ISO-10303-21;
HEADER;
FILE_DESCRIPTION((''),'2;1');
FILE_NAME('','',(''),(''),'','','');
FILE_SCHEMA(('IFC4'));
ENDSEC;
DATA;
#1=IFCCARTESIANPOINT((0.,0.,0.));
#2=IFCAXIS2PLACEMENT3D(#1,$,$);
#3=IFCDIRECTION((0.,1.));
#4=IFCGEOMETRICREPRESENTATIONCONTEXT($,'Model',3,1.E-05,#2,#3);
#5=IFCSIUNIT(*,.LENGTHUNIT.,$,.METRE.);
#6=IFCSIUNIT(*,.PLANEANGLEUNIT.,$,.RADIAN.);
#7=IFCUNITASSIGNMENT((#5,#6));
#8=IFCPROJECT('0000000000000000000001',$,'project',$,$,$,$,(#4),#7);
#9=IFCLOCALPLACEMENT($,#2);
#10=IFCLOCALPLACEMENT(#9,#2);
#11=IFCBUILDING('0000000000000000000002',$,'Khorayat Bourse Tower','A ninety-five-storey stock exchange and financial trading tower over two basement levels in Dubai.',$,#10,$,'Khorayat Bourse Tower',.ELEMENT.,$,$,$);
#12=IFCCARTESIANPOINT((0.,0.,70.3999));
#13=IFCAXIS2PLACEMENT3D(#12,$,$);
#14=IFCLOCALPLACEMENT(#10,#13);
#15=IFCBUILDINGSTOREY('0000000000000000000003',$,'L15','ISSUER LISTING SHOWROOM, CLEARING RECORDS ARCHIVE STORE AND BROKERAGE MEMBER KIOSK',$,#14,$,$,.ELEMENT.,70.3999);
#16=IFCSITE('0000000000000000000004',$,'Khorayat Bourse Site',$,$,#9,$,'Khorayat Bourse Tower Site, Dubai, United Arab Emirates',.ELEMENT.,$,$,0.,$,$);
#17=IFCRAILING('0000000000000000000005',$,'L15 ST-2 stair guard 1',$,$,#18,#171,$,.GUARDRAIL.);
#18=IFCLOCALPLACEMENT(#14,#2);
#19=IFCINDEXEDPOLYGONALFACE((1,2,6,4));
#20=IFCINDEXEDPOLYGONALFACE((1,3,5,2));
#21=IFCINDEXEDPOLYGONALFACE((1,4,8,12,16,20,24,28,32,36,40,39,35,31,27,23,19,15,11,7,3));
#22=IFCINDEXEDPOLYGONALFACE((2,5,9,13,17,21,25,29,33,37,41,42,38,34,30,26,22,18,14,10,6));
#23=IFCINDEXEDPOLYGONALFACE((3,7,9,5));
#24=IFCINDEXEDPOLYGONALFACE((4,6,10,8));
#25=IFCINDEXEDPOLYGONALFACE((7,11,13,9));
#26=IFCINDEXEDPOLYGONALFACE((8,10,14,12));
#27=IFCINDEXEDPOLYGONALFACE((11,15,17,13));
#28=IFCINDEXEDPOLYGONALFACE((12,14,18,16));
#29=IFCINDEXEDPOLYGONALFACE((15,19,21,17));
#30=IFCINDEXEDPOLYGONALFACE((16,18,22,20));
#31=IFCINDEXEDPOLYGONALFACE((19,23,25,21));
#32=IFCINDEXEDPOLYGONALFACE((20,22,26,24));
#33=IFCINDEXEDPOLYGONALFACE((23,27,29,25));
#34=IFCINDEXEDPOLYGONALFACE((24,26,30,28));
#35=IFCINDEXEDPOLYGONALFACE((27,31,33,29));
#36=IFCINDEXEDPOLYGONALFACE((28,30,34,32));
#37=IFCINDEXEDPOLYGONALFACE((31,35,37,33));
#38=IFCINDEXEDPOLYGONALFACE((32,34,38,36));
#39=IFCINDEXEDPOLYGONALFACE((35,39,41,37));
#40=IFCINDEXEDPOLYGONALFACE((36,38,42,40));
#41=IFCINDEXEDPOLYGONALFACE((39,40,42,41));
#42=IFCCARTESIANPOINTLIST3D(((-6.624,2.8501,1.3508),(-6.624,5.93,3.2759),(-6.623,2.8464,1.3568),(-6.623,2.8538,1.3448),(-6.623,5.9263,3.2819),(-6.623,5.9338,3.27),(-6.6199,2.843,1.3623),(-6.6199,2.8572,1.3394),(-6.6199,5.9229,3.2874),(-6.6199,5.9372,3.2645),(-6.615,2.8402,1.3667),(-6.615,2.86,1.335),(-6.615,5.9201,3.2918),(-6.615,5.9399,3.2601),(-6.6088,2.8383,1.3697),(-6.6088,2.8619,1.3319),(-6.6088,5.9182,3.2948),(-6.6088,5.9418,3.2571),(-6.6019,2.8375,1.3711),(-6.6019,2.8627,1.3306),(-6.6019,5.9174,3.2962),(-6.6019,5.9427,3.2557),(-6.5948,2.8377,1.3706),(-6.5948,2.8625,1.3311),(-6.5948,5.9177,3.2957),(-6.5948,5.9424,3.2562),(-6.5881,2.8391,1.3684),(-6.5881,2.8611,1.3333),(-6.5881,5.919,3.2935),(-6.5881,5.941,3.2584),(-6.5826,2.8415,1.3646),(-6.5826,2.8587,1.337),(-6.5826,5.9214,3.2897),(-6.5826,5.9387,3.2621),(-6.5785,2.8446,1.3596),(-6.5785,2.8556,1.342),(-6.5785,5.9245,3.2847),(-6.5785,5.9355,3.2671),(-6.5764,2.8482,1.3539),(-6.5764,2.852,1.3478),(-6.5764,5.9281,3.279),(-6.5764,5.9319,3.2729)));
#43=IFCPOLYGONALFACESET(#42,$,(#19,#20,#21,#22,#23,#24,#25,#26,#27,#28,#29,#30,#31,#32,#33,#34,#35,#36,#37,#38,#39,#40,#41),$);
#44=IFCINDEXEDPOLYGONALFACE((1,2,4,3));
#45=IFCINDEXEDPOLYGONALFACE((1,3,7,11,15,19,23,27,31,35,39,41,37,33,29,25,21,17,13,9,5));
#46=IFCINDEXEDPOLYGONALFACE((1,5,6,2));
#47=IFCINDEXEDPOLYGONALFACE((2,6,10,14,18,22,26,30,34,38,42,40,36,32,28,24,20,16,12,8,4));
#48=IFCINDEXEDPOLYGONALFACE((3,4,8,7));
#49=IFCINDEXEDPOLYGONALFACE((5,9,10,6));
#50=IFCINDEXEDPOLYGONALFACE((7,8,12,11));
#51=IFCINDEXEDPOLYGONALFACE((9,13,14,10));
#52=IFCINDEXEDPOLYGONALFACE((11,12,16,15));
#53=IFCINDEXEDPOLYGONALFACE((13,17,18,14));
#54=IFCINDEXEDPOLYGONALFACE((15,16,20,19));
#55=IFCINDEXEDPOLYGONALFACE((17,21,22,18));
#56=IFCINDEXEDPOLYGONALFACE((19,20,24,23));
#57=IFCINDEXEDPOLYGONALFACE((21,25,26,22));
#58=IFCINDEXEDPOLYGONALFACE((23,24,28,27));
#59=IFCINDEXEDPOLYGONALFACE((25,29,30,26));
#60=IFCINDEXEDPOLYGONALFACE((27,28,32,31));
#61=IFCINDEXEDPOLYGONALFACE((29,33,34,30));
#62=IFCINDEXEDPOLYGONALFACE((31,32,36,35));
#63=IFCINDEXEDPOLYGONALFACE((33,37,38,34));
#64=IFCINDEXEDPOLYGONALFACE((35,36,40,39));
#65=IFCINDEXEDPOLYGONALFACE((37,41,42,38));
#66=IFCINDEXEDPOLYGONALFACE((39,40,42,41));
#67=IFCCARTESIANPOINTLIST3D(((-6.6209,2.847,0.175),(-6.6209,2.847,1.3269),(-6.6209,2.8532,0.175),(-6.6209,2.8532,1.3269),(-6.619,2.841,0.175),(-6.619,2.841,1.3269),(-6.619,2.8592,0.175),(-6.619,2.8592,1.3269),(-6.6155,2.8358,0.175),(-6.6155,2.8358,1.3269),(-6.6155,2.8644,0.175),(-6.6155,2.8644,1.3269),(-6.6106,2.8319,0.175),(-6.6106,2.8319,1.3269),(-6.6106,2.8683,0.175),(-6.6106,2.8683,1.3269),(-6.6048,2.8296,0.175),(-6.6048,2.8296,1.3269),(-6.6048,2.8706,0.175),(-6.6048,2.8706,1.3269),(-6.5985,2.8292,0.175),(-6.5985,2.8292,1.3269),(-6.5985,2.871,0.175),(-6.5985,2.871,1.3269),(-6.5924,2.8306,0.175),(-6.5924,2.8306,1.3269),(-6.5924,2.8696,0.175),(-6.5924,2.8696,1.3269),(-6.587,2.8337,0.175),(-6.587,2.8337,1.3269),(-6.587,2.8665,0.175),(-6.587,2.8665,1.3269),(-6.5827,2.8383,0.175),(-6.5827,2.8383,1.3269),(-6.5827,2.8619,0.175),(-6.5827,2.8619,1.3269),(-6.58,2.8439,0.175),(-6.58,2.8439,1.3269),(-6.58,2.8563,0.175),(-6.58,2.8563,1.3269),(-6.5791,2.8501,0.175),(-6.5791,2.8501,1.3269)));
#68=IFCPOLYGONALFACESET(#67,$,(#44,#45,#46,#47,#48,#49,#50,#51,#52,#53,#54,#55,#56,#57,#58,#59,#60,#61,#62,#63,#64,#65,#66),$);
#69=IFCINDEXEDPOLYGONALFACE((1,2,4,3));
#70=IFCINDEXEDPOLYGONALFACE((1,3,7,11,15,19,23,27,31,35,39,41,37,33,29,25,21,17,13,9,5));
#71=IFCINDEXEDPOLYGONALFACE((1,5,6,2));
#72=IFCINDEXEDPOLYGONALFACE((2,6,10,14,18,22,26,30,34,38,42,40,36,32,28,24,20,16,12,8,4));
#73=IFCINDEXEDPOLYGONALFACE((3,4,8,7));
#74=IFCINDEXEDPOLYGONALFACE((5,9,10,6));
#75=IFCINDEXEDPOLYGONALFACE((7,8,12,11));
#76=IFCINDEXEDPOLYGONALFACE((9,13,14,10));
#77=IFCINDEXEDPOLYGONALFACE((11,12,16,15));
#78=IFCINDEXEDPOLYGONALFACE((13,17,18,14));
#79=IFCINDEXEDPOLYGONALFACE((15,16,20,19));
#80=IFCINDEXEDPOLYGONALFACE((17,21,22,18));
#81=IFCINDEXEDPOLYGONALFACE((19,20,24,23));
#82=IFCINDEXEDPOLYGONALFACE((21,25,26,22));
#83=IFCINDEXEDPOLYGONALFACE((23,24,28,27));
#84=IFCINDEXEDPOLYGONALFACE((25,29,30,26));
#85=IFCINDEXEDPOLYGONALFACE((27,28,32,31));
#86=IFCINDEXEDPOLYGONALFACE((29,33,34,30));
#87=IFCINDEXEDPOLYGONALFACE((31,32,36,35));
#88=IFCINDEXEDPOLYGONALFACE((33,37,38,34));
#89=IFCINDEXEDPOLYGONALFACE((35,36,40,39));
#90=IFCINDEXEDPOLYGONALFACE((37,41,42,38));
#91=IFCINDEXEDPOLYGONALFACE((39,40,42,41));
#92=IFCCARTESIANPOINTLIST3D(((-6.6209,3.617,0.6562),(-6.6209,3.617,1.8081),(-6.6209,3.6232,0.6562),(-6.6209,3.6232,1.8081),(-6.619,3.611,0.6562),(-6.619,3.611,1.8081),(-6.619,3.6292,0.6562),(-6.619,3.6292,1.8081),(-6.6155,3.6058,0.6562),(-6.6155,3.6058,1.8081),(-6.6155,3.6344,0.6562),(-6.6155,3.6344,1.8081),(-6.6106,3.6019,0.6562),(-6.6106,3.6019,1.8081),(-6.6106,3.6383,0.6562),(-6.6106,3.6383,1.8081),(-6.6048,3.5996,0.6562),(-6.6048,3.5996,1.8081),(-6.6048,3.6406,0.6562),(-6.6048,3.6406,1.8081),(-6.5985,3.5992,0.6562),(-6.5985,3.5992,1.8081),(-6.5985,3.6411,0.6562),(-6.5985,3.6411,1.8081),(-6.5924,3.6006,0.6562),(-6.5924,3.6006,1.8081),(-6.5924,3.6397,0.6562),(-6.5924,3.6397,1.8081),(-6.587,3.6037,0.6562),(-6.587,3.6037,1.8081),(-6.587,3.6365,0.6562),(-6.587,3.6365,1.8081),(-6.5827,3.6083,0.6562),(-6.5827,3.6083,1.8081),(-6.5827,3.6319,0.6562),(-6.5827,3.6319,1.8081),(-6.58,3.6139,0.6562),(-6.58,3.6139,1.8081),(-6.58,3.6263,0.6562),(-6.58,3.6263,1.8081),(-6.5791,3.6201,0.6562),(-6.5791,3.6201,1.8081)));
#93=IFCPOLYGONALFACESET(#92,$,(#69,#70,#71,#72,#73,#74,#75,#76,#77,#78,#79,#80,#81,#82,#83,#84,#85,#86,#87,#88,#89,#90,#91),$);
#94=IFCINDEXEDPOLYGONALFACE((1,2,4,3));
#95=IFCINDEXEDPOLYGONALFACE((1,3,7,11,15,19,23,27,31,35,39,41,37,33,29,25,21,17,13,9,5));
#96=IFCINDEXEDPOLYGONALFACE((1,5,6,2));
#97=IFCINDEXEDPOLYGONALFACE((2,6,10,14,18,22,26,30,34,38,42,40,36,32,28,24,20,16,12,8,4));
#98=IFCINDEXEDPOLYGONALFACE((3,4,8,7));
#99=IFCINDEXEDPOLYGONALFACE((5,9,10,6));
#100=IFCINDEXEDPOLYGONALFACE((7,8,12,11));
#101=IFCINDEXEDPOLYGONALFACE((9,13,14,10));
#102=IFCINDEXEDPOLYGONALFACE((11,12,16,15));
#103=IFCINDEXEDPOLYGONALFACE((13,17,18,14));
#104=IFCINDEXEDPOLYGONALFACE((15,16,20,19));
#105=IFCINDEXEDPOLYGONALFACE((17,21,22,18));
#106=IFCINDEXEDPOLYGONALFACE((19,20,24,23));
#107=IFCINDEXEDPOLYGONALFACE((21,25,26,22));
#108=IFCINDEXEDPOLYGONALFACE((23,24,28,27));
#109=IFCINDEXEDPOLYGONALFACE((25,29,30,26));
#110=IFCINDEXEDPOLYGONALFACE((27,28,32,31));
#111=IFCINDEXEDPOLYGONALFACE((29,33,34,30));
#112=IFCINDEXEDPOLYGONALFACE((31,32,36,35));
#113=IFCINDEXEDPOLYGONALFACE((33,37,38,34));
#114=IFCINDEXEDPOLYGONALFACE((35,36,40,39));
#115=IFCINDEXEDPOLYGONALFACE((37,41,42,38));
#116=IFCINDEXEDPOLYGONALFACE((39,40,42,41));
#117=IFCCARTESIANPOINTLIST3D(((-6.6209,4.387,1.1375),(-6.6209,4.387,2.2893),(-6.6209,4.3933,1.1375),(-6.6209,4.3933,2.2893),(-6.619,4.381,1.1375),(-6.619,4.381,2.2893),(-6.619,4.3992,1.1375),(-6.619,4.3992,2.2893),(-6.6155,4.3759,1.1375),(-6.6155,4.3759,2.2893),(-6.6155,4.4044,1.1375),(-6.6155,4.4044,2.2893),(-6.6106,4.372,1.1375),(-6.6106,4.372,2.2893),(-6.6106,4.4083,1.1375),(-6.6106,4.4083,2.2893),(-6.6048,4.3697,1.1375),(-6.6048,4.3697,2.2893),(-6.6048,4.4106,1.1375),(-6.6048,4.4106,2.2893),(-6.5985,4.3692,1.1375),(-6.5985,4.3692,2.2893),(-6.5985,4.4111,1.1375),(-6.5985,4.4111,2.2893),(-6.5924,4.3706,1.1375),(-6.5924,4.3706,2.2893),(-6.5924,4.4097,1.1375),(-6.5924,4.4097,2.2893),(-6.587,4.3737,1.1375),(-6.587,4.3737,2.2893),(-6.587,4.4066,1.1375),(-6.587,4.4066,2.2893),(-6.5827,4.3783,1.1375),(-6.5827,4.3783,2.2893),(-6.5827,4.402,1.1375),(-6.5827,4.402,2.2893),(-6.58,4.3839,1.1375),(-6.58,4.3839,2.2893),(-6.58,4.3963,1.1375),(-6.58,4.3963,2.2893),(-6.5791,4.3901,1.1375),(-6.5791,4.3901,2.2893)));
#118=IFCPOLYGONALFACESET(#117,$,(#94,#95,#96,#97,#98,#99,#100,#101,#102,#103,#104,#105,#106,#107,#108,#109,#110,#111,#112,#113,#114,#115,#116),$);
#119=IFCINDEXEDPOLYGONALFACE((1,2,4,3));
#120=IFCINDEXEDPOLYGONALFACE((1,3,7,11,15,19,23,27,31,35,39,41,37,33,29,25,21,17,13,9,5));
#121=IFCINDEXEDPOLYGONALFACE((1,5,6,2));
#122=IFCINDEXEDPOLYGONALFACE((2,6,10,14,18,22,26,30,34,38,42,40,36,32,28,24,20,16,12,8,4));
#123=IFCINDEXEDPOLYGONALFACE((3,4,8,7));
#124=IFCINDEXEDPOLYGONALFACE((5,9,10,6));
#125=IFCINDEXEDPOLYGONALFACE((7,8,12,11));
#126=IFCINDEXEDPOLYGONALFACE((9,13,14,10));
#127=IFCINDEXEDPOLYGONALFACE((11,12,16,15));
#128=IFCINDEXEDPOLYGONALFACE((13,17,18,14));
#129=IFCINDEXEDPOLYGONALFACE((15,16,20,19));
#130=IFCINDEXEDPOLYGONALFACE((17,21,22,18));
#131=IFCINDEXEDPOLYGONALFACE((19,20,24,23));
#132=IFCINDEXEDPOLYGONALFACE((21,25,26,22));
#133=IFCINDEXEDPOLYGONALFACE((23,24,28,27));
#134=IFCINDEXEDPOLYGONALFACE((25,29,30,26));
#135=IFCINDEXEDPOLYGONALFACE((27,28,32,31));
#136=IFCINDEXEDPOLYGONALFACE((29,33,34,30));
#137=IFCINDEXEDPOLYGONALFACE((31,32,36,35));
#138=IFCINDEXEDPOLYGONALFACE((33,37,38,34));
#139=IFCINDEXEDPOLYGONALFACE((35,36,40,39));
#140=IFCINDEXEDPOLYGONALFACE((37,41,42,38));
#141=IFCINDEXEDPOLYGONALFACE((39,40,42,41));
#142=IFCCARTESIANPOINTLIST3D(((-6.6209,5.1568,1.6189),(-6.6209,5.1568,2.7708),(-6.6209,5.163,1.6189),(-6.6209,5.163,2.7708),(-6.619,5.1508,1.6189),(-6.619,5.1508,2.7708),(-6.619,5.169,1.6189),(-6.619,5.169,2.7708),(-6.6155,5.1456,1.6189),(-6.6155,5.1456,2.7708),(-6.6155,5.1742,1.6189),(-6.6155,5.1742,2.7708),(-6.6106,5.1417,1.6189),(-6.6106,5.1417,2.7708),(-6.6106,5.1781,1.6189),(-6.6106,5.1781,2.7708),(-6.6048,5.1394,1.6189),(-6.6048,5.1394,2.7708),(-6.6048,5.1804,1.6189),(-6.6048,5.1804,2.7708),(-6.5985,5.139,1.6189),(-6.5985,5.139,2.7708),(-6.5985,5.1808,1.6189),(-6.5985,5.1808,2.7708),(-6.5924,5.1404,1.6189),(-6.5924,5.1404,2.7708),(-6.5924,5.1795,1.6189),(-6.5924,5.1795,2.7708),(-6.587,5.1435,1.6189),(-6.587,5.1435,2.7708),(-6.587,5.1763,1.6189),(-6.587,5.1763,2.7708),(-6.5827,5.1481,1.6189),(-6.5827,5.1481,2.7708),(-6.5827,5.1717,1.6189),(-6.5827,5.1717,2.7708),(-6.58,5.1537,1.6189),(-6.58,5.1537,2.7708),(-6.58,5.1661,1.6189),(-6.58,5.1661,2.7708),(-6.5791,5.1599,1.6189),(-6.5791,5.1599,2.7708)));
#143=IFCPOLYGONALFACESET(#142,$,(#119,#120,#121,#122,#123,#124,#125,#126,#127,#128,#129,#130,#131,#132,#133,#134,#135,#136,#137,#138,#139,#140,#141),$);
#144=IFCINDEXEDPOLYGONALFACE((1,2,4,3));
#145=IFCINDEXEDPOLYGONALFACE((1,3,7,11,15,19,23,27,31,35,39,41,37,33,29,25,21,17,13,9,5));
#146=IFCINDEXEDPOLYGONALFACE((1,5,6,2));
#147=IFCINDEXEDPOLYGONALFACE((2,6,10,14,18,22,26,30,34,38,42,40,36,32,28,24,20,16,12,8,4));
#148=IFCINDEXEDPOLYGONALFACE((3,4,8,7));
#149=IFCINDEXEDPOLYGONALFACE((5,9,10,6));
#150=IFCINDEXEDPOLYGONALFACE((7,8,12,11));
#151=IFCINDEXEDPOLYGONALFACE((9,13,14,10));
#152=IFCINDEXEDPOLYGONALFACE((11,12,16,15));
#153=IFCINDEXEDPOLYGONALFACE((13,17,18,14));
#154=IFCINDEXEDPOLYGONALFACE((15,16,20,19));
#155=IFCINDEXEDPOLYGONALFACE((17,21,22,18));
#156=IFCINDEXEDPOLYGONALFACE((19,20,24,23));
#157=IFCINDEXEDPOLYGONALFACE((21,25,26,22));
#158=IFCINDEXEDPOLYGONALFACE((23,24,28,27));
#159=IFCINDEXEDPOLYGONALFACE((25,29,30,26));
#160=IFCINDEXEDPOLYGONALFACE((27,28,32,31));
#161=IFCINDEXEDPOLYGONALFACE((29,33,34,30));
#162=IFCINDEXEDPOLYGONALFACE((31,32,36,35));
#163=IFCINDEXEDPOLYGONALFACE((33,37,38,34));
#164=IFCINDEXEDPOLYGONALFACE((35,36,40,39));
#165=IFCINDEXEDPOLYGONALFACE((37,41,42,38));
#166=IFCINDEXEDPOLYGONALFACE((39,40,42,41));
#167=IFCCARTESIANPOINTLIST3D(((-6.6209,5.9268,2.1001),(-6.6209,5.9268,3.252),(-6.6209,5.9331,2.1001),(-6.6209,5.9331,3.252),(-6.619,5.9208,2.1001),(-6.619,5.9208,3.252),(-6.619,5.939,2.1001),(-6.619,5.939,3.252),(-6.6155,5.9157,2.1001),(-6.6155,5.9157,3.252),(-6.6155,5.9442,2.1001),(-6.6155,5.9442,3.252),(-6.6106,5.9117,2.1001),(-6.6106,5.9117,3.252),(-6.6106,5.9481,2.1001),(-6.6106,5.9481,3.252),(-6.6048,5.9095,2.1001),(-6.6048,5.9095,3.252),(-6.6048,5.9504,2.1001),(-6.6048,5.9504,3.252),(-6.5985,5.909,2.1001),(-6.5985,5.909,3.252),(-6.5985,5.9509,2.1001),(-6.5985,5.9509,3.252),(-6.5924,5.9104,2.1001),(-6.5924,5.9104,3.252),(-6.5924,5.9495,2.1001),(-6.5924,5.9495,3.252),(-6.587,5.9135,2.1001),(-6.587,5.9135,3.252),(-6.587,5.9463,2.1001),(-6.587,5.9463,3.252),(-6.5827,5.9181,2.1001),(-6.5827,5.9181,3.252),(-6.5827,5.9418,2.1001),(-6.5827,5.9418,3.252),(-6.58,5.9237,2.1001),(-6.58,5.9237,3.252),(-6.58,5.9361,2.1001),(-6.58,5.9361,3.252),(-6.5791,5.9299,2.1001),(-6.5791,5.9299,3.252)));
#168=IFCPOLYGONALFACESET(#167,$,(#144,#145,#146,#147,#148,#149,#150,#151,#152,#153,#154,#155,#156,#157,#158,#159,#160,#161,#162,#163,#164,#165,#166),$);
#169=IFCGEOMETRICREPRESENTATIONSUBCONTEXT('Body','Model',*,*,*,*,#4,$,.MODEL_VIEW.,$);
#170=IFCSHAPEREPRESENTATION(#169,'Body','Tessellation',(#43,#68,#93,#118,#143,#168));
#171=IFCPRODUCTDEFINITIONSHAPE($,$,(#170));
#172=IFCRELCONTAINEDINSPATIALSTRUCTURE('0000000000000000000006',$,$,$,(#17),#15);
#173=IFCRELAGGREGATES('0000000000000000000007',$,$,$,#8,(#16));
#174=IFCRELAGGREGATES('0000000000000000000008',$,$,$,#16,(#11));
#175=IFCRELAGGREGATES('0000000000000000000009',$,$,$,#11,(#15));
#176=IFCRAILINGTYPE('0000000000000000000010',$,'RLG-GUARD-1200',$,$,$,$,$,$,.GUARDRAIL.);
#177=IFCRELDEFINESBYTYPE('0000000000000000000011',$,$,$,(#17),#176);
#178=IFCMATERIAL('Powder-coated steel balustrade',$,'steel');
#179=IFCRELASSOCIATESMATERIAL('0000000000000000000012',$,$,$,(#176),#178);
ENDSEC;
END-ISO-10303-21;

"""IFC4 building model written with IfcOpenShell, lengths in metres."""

from ifc_helpers import new_model, si_unit, direction, frame, origin, origin_2d, place, context, subcontext, project, spatial, circle, extrude, source, transform, mapped, material, type_object, element, save


model = new_model("IFC4")

# Units and contexts
model_context = context("Model", 3, precision=1e-05, world=origin(), true_north=direction((0.0, 1.0)))
body_context = subcontext(model_context, "Body", "Model", "MODEL_VIEW")
ifc_project = project(units=[si_unit("LENGTHUNIT", "METRE"), si_unit("PLANEANGLEUNIT", "RADIAN")], contexts=[model_context])

# Site, building, storey
site_placement = place(None, origin())
site = spatial("IfcSite", under=ifc_project, at=site_placement, Name="Khorayat Bourse Site", LongName="Khorayat Bourse Tower Site, Dubai, United Arab Emirates", CompositionType="ELEMENT", RefElevation=0.0)
building_placement = place(site_placement, origin())
building = spatial("IfcBuilding", under=site, at=building_placement, Name="Khorayat Bourse Tower", Description="A ninety-five-storey stock exchange and financial trading tower over two basement levels in Dubai.", LongName="Khorayat Bourse Tower", CompositionType="ELEMENT")
storey_placement = place(building_placement, frame((0.0, 0.0, 70.3999)))
storey = spatial("IfcBuildingStorey", under=building, at=storey_placement, Name="L15", Description="ISSUER LISTING SHOWROOM, CLEARING RECORDS ARCHIVE STORE AND BROKERAGE MEMBER KIOSK", CompositionType="ELEMENT", Elevation=70.3999)

# Railing
ifc_material_1 = material(Name="Powder-coated steel balustrade", Category="steel")
railing_type_1 = type_object("IfcRailingType", Name="RLG-GUARD-1200", PredefinedType="GUARDRAIL", material=ifc_material_1)
shared_shape_1 = source(origin(), body_context, "Body", "SweptSolid", [
    extrude(circle(Radius=0.0239, at=origin_2d()), frame((0.0, 0.0, 1.1758), z_axis=(0.0, 0.847979, 0.530029), x_axis=(-1.0, 0.0, 0.0)), (0.0, 0.0, 1.0), 3.6321),
    extrude(circle(Radius=0.021, at=origin_2d()), origin(), (0.0, 0.0, 1.0), 1.1519),
    extrude(circle(Radius=0.021, at=origin_2d()), frame((0.0, 0.77, 0.4812)), (0.0, 0.0, 1.0), 1.1519),
    extrude(circle(Radius=0.021, at=origin_2d()), frame((0.0, 1.54, 0.9624)), (0.0, 0.0, 1.0), 1.1519),
    extrude(circle(Radius=0.021, at=origin_2d()), frame((0.0, 2.3098, 1.4438)), (0.0, 0.0, 1.0), 1.1519),
    extrude(circle(Radius=0.021, at=origin_2d()), frame((0.0, 3.0798, 1.925)), (0.0, 0.0, 1.0), 1.1519),
])
railing_1_placement = place(storey_placement, frame((-6.6001, 2.8501, 0.175)))
element("IfcRailing", 1, at=railing_1_placement, inside=storey, type_object=railing_type_1, Name="L15 ST-2 stair guard 1", PredefinedType="GUARDRAIL", context=body_context, shape_type="MappedRepresentation", body=[
    mapped(shared_shape_1, transform((0.0, 0.0, 0.0), scale=1.0)),
])

save(model, "model.ifc")
